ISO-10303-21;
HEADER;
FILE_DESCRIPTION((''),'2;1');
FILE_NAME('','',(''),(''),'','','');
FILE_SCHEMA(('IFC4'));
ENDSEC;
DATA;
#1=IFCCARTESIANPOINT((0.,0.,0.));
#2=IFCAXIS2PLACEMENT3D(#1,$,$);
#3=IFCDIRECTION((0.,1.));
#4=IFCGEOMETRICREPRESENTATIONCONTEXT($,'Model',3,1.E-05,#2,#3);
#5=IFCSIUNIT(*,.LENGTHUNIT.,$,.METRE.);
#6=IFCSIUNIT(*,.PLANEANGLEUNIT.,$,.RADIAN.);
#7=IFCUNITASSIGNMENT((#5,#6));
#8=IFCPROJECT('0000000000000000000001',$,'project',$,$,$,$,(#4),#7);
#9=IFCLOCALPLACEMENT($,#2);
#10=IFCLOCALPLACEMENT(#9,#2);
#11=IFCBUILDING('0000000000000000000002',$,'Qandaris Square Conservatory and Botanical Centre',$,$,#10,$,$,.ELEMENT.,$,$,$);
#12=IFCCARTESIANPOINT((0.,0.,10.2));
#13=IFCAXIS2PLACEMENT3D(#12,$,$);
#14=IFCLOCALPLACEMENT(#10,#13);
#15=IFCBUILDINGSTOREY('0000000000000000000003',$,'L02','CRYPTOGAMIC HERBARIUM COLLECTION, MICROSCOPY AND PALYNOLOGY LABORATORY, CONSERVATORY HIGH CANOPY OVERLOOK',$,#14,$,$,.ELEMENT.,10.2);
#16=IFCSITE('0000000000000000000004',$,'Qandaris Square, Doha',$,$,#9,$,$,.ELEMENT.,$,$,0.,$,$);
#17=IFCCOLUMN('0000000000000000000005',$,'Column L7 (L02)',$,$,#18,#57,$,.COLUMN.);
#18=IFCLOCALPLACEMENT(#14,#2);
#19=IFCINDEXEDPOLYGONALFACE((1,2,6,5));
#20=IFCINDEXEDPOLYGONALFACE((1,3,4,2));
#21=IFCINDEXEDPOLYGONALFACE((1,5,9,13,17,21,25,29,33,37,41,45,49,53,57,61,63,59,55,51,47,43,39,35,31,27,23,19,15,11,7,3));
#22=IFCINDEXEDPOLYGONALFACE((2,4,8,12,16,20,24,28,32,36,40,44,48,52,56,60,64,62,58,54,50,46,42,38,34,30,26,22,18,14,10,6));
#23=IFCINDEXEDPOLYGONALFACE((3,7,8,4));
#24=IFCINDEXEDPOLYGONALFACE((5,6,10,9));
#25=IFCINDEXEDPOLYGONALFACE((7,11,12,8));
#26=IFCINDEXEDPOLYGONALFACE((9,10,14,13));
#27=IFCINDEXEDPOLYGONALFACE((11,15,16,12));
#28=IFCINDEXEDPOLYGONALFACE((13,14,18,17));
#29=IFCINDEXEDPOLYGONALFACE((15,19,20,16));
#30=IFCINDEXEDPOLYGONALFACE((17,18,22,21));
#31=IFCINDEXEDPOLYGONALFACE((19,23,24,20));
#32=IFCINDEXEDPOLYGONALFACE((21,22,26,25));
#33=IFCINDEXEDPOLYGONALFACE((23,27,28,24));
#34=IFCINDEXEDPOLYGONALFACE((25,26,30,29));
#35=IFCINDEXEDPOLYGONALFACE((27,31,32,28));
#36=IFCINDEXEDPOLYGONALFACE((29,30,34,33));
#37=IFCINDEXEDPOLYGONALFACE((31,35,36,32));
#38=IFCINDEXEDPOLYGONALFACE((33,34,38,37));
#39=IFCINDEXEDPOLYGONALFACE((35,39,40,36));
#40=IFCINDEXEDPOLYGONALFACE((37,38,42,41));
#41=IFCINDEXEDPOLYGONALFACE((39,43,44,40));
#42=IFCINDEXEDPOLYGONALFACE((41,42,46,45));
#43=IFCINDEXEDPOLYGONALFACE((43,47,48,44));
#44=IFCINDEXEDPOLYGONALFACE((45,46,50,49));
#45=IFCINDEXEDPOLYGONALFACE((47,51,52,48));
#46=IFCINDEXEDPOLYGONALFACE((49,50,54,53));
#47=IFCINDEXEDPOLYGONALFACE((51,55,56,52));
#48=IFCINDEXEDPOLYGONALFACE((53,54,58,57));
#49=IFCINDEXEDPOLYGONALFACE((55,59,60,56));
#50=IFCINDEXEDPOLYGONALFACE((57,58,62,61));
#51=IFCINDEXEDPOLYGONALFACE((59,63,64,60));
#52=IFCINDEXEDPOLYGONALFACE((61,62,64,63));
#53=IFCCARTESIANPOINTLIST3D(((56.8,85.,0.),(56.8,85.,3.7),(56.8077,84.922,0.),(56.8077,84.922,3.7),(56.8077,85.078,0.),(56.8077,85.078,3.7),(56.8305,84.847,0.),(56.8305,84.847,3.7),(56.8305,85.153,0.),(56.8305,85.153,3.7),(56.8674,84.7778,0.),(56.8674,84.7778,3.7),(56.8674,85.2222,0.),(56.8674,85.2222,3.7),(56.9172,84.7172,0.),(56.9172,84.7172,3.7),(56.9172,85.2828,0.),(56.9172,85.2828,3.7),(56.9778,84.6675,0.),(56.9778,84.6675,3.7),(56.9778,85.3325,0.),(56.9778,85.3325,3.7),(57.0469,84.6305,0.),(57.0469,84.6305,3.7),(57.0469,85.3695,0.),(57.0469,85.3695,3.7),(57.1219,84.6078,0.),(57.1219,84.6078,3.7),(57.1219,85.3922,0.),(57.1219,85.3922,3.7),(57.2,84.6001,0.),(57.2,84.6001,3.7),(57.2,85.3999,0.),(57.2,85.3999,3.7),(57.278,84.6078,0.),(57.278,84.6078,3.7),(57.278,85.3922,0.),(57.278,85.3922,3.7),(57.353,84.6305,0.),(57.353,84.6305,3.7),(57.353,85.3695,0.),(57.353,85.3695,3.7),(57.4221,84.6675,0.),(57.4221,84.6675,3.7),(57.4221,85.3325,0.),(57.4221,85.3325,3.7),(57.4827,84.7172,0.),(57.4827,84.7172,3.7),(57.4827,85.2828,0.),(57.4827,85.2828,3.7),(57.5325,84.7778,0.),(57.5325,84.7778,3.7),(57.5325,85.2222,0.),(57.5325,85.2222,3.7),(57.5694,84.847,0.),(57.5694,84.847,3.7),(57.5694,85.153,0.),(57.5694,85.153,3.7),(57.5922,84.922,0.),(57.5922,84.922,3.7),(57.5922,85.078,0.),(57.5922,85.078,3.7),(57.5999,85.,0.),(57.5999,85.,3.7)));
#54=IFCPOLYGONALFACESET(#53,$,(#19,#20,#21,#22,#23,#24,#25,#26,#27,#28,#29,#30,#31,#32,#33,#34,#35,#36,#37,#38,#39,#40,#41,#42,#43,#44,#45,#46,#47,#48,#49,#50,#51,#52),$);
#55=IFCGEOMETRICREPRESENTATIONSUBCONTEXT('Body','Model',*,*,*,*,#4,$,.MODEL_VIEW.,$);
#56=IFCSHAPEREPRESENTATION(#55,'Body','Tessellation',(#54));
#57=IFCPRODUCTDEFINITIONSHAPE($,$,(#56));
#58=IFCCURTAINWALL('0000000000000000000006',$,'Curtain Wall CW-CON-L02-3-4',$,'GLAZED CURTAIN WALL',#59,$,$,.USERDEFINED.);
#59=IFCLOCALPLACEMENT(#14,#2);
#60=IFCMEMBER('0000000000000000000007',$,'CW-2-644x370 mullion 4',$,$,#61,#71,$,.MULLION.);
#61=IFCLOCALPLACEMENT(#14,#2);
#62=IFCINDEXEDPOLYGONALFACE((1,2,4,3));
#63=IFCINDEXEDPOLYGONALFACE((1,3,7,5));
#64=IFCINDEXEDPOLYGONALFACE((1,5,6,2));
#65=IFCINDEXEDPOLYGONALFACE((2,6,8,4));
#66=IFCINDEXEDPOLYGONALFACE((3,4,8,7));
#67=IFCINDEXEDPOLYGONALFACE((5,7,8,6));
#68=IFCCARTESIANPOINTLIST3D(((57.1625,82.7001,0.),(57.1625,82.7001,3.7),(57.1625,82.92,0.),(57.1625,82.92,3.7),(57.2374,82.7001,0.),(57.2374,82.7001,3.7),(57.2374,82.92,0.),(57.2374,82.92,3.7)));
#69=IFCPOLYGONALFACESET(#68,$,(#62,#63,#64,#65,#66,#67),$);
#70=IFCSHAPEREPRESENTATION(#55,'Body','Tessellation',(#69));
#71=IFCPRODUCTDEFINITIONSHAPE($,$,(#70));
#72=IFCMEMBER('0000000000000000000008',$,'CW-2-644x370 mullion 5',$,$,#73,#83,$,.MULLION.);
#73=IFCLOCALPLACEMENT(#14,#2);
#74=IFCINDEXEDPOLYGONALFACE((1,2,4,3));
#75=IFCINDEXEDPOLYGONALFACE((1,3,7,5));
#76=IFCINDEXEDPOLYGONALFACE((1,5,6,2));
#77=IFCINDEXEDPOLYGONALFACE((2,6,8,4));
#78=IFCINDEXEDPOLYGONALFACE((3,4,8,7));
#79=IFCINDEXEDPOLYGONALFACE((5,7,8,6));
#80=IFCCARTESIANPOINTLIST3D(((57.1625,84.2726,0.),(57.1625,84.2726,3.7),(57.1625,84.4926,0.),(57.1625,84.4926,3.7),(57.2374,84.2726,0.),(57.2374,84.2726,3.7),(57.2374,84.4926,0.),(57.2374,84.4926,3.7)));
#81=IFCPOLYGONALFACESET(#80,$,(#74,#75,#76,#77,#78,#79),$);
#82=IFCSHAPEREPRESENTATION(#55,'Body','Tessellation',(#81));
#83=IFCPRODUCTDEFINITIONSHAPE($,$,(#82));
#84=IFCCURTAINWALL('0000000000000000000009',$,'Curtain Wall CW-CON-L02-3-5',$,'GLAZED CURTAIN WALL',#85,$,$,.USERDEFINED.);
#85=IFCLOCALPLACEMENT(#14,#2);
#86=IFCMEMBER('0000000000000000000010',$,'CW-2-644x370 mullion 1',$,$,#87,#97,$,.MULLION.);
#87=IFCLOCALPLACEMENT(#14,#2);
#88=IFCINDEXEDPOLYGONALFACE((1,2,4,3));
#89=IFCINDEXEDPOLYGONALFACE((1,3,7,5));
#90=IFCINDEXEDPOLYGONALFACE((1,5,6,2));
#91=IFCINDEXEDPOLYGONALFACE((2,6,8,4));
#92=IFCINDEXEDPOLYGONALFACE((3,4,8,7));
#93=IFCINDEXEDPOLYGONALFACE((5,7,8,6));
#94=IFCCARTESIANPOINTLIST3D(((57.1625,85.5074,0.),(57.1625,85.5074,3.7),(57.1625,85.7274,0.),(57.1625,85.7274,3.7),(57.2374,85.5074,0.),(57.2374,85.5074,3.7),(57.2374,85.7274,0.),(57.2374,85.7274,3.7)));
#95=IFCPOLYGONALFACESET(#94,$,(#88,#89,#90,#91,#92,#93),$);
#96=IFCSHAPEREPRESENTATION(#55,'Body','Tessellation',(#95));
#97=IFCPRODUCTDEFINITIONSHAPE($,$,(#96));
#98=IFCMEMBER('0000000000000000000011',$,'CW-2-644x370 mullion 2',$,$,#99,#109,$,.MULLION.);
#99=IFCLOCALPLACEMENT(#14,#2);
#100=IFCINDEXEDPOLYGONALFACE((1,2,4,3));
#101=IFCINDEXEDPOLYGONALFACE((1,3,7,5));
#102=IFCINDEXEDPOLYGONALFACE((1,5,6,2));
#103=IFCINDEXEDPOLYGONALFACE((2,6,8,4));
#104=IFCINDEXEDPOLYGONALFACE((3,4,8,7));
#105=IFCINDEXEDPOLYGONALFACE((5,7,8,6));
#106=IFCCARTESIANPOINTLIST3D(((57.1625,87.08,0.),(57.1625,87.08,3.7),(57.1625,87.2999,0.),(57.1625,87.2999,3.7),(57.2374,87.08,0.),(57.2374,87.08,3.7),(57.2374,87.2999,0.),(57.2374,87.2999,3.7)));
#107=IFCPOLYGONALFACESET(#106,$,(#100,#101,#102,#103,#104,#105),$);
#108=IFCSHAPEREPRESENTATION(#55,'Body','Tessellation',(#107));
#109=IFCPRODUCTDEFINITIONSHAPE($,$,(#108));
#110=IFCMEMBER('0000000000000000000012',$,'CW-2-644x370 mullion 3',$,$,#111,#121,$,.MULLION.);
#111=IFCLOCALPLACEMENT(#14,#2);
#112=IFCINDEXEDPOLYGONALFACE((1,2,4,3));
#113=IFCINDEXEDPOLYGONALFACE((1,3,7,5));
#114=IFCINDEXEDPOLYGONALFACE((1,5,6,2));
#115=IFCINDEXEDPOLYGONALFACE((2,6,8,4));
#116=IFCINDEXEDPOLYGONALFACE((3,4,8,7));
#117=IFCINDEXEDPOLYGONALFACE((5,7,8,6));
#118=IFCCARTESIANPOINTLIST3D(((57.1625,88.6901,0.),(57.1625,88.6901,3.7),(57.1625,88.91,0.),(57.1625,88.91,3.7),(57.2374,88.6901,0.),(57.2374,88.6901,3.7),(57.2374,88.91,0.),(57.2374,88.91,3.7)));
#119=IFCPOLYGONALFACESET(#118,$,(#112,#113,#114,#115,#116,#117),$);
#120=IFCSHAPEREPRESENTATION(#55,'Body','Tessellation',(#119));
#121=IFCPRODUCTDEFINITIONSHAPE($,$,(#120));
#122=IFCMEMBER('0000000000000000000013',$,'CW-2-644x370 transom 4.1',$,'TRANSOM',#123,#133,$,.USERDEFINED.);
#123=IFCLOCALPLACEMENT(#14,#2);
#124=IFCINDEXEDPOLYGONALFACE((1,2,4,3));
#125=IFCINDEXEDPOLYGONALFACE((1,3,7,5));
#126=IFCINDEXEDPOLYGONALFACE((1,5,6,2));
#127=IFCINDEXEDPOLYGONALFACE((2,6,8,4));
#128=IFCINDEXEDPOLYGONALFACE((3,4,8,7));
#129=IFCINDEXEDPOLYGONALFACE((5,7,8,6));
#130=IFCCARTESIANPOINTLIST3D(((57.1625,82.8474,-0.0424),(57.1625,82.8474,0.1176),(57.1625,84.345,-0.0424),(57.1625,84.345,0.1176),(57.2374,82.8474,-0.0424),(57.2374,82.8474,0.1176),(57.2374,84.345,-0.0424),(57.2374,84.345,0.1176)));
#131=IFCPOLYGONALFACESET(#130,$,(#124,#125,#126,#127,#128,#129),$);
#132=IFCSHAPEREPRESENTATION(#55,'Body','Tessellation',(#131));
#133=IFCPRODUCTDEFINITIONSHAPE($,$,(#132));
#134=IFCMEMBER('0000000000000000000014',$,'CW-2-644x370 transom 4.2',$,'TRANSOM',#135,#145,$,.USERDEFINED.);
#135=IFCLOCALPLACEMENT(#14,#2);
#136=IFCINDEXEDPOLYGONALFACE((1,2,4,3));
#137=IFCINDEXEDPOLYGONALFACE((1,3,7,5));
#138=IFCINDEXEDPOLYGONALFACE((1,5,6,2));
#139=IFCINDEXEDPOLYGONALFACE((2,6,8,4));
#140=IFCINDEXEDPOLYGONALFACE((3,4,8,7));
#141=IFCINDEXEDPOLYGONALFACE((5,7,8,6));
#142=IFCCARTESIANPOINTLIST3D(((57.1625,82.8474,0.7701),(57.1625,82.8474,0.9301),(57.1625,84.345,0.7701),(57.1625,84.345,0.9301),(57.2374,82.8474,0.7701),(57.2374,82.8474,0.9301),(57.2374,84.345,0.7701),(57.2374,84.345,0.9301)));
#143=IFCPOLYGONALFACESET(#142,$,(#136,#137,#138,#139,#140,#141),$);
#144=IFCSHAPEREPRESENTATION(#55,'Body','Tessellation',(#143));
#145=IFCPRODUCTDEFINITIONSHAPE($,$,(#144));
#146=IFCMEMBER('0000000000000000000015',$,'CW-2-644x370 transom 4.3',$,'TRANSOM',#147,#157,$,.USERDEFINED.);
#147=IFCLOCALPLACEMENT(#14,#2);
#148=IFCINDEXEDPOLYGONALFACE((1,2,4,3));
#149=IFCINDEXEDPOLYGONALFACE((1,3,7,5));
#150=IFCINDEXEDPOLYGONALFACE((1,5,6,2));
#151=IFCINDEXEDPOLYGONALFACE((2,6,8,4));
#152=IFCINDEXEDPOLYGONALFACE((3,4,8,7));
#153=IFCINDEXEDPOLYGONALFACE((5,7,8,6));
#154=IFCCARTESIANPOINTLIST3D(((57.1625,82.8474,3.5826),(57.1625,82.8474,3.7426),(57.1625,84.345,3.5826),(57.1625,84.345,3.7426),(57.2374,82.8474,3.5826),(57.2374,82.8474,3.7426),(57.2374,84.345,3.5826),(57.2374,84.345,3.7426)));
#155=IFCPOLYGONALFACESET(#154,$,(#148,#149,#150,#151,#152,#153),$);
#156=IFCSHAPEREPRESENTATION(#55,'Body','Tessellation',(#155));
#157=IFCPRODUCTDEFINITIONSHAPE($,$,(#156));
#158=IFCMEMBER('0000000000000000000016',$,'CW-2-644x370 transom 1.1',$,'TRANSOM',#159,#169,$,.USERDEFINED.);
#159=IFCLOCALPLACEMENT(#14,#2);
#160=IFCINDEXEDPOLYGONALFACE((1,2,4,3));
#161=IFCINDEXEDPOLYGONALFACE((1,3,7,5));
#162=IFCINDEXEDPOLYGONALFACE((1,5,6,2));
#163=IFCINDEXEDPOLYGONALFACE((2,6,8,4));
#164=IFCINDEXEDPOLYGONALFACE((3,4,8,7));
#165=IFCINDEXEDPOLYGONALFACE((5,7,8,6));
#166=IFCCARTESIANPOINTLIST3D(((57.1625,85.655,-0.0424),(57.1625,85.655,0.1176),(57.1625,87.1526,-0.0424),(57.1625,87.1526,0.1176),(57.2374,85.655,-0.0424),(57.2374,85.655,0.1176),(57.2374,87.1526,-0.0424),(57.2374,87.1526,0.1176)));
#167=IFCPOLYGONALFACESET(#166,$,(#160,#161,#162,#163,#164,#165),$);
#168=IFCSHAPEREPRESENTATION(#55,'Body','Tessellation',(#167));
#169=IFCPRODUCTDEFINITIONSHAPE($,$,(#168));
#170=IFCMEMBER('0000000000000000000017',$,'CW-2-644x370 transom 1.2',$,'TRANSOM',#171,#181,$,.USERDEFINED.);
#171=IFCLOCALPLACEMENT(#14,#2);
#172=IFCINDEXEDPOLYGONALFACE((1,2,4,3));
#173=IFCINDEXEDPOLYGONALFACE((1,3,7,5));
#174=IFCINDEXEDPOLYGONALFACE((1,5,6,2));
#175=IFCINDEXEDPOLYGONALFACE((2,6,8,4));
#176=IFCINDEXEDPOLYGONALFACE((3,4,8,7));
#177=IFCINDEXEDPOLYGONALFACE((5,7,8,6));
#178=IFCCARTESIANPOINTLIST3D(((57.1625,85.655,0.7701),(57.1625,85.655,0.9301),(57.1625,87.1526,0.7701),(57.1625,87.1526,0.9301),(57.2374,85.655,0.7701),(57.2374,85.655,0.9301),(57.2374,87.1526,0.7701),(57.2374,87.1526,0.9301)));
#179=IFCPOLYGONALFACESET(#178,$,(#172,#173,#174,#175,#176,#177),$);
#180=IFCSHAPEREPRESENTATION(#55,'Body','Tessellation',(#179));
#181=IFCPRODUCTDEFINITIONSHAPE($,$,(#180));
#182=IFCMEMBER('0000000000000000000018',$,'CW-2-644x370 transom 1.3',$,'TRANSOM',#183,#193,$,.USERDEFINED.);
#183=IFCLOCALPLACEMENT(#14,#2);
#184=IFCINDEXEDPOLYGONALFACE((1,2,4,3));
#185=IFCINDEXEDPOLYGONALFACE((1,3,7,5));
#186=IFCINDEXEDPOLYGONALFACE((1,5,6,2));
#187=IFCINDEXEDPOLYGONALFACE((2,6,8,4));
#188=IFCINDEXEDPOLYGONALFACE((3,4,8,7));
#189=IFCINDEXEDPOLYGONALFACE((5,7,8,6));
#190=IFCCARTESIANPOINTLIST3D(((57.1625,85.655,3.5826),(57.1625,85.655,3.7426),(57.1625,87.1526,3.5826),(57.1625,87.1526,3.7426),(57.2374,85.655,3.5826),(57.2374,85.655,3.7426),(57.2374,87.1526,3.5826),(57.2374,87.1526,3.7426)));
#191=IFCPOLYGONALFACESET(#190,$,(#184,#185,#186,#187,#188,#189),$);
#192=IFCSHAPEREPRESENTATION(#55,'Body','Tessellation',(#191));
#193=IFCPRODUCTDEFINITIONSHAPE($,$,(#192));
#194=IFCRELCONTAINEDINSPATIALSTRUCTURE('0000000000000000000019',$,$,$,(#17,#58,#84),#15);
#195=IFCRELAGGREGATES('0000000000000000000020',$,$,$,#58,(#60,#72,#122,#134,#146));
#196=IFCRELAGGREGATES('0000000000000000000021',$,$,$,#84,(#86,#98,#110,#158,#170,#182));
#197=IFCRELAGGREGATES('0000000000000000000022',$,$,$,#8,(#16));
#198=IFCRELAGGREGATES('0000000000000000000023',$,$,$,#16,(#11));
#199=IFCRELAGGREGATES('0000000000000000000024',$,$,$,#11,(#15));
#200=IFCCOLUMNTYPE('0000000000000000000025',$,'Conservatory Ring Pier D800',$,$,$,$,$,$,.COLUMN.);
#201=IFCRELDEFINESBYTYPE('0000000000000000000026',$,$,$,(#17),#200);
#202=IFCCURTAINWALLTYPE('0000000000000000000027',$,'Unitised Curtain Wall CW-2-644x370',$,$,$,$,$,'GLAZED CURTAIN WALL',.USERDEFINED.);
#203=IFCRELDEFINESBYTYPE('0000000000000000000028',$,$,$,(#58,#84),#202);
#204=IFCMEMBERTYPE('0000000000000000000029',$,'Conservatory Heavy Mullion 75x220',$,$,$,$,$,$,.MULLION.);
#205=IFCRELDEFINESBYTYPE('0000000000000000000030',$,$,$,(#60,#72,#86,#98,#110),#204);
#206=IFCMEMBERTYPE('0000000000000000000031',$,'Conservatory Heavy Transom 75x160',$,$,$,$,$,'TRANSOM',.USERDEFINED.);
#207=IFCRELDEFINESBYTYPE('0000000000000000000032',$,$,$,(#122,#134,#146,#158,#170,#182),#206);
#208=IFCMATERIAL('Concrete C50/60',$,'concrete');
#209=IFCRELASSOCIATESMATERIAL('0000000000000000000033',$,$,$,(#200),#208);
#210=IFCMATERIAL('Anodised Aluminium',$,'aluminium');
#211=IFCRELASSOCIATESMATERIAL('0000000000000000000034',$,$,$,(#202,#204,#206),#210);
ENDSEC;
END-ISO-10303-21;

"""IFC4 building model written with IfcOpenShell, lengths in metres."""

from ifc_helpers import new_model, si_unit, direction, frame, origin, origin_2d, place, context, subcontext, project, spatial, rectangle, circle, extrude, material, material_profile, profile_set, type_object, element, aggregate, save


model = new_model("IFC4")

# Units and contexts
model_context = context("Model", 3, precision=1e-05, world=origin(), true_north=direction((0.0, 1.0)))
body_context = subcontext(model_context, "Body", "Model", "MODEL_VIEW")
ifc_project = project(units=[si_unit("LENGTHUNIT", "METRE"), si_unit("PLANEANGLEUNIT", "RADIAN")], contexts=[model_context])

# Site, building, storey
site_placement = place(None, origin())
site = spatial("IfcSite", under=ifc_project, at=site_placement, Name="Qandaris Square, Doha", CompositionType="ELEMENT", RefElevation=0.0)
building_placement = place(site_placement, origin())
building = spatial("IfcBuilding", under=site, at=building_placement, Name="Qandaris Square Conservatory and Botanical Centre", CompositionType="ELEMENT")
storey_placement = place(building_placement, frame((0.0, 0.0, 10.2)))
storey = spatial("IfcBuildingStorey", under=building, at=storey_placement, Name="L02", Description="CRYPTOGAMIC HERBARIUM COLLECTION, MICROSCOPY AND PALYNOLOGY LABORATORY, CONSERVATORY HIGH CANOPY OVERLOOK", CompositionType="ELEMENT", Elevation=10.2)

# Column
ifc_material_1 = material(Name="Concrete C50/60", Category="concrete")
ifc_material_profile_1 = material_profile(ifc_material_1, circle(Radius=0.3999, at=origin_2d()), Name="RC-COL D800")
ifc_profile_set_1 = profile_set([ifc_material_profile_1], Name="Concrete C50/60")
column_type = type_object("IfcColumnType", Name="Conservatory Ring Pier D800", PredefinedType="COLUMN", material=ifc_profile_set_1)
column_placement = place(storey_placement, frame((57.2, 85.0, 0.0), z_axis=(0.0, 0.0, 1.0), x_axis=(1.0, 0.0, 0.0)))
element("IfcColumn", 1, at=column_placement, inside=storey, type_object=column_type, Name="Column L7 (L02)", PredefinedType="COLUMN", context=body_context, shape_type="SweptSolid", body=[
    extrude(circle(Radius=0.3999, at=origin_2d()), origin(), (0.0, 0.0, 1.0), 3.7),
])

# Curtain walls, members
ifc_material_2 = material(Name="Anodised Aluminium", Category="aluminium")
curtain_wall_type = type_object("IfcCurtainWallType", Name="Unitised Curtain Wall CW-2-644x370", ElementType="GLAZED CURTAIN WALL", PredefinedType="USERDEFINED", material=ifc_material_2)
curtain_wall_1_placement = place(storey_placement, origin())
curtain_wall_1 = element("IfcCurtainWall", 2, at=curtain_wall_1_placement, inside=storey, type_object=curtain_wall_type, Name="Curtain Wall CW-CON-L02-3-4", ObjectType="GLAZED CURTAIN WALL", PredefinedType="USERDEFINED")
ifc_material_profile_2 = material_profile(ifc_material_2, rectangle(XDim=0.075, YDim=0.22, at=origin_2d()), Name="ALU-MUL 75x220")
ifc_profile_set_2 = profile_set([ifc_material_profile_2], Name="Anodised Aluminium")
member_type_1 = type_object("IfcMemberType", Name="Conservatory Heavy Mullion 75x220", PredefinedType="MULLION", material=ifc_profile_set_2)
member_1_placement = place(storey_placement, frame((57.2, 82.8101, 0.0), z_axis=(0.0, 0.0, 1.0), x_axis=(-1.0, 0.0, 0.0)))
member_1 = element("IfcMember", 3, at=member_1_placement, type_object=member_type_1, Name="CW-2-644x370 mullion 4", PredefinedType="MULLION", context=body_context, shape_type="SweptSolid", body=[
    extrude(rectangle(XDim=0.075, YDim=0.22, at=origin_2d()), origin(), (0.0, 0.0, 1.0), 3.7),
])
member_2_placement = place(storey_placement, frame((57.2, 84.3826, 0.0), z_axis=(0.0, 0.0, 1.0), x_axis=(-1.0, 0.0, 0.0)))
member_2 = element("IfcMember", 4, at=member_2_placement, type_object=member_type_1, Name="CW-2-644x370 mullion 5", PredefinedType="MULLION", context=body_context, shape_type="SweptSolid", body=[
    extrude(rectangle(XDim=0.075, YDim=0.22, at=origin_2d()), origin(), (0.0, 0.0, 1.0), 3.7),
])
curtain_wall_2_placement = place(storey_placement, origin())
curtain_wall_2 = element("IfcCurtainWall", 5, at=curtain_wall_2_placement, inside=storey, type_object=curtain_wall_type, Name="Curtain Wall CW-CON-L02-3-5", ObjectType="GLAZED CURTAIN WALL", PredefinedType="USERDEFINED")
member_3_placement = place(storey_placement, frame((57.2, 85.6174, 0.0), z_axis=(0.0, 0.0, 1.0), x_axis=(-1.0, 0.0, 0.0)))
member_3 = element("IfcMember", 6, at=member_3_placement, type_object=member_type_1, Name="CW-2-644x370 mullion 1", PredefinedType="MULLION", context=body_context, shape_type="SweptSolid", body=[
    extrude(rectangle(XDim=0.075, YDim=0.22, at=origin_2d()), origin(), (0.0, 0.0, 1.0), 3.7),
])
member_4_placement = place(storey_placement, frame((57.2, 87.1899, 0.0), z_axis=(0.0, 0.0, 1.0), x_axis=(-1.0, 0.0, 0.0)))
member_4 = element("IfcMember", 7, at=member_4_placement, type_object=member_type_1, Name="CW-2-644x370 mullion 2", PredefinedType="MULLION", context=body_context, shape_type="SweptSolid", body=[
    extrude(rectangle(XDim=0.075, YDim=0.22, at=origin_2d()), origin(), (0.0, 0.0, 1.0), 3.7),
])
member_5_placement = place(storey_placement, frame((57.2, 88.8, 0.0), z_axis=(0.0, 0.0, 1.0), x_axis=(-1.0, 0.0, 0.0)))
member_5 = element("IfcMember", 8, at=member_5_placement, type_object=member_type_1, Name="CW-2-644x370 mullion 3", PredefinedType="MULLION", context=body_context, shape_type="SweptSolid", body=[
    extrude(rectangle(XDim=0.075, YDim=0.22, at=origin_2d()), origin(), (0.0, 0.0, 1.0), 3.7),
])

# Members
ifc_material_profile_3 = material_profile(ifc_material_2, rectangle(XDim=0.075, YDim=0.1599, at=origin_2d()), Name="ALU-TRN 75x160")
ifc_profile_set_3 = profile_set([ifc_material_profile_3], Name="Anodised Aluminium")
member_type_2 = type_object("IfcMemberType", Name="Conservatory Heavy Transom 75x160", ElementType="TRANSOM", PredefinedType="USERDEFINED", material=ifc_profile_set_3)
member_6_placement = place(storey_placement, frame((57.2, 82.8474, 0.0376), z_axis=(0.0, 1.0, 0.0), x_axis=(-1.0, 0.0, 0.0)))
member_6 = element("IfcMember", 9, at=member_6_placement, type_object=member_type_2, Name="CW-2-644x370 transom 4.1", ObjectType="TRANSOM", PredefinedType="USERDEFINED", context=body_context, shape_type="SweptSolid", body=[
    extrude(rectangle(XDim=0.075, YDim=0.1599, at=origin_2d()), origin(), (0.0, 0.0, 1.0), 1.4976),
])
member_7_placement = place(storey_placement, frame((57.2, 82.8474, 0.8501), z_axis=(0.0, 1.0, 0.0), x_axis=(-1.0, 0.0, 0.0)))
member_7 = element("IfcMember", 10, at=member_7_placement, type_object=member_type_2, Name="CW-2-644x370 transom 4.2", ObjectType="TRANSOM", PredefinedType="USERDEFINED", context=body_context, shape_type="SweptSolid", body=[
    extrude(rectangle(XDim=0.075, YDim=0.1599, at=origin_2d()), origin(), (0.0, 0.0, 1.0), 1.4976),
])
member_8_placement = place(storey_placement, frame((57.2, 82.8474, 3.6626), z_axis=(0.0, 1.0, 0.0), x_axis=(-1.0, 0.0, 0.0)))
member_8 = element("IfcMember", 11, at=member_8_placement, type_object=member_type_2, Name="CW-2-644x370 transom 4.3", ObjectType="TRANSOM", PredefinedType="USERDEFINED", context=body_context, shape_type="SweptSolid", body=[
    extrude(rectangle(XDim=0.075, YDim=0.1599, at=origin_2d()), origin(), (0.0, 0.0, 1.0), 1.4976),
])
member_9_placement = place(storey_placement, frame((57.2, 85.655, 0.0376), z_axis=(0.0, 1.0, 0.0), x_axis=(-1.0, 0.0, 0.0)))
member_9 = element("IfcMember", 12, at=member_9_placement, type_object=member_type_2, Name="CW-2-644x370 transom 1.1", ObjectType="TRANSOM", PredefinedType="USERDEFINED", context=body_context, shape_type="SweptSolid", body=[
    extrude(rectangle(XDim=0.075, YDim=0.1599, at=origin_2d()), origin(), (0.0, 0.0, 1.0), 1.4976),
])
member_10_placement = place(storey_placement, frame((57.2, 85.655, 0.8501), z_axis=(0.0, 1.0, 0.0), x_axis=(-1.0, 0.0, 0.0)))
member_10 = element("IfcMember", 13, at=member_10_placement, type_object=member_type_2, Name="CW-2-644x370 transom 1.2", ObjectType="TRANSOM", PredefinedType="USERDEFINED", context=body_context, shape_type="SweptSolid", body=[
    extrude(rectangle(XDim=0.075, YDim=0.1599, at=origin_2d()), origin(), (0.0, 0.0, 1.0), 1.4976),
])
member_11_placement = place(storey_placement, frame((57.2, 85.655, 3.6626), z_axis=(0.0, 1.0, 0.0), x_axis=(-1.0, 0.0, 0.0)))
member_11 = element("IfcMember", 14, at=member_11_placement, type_object=member_type_2, Name="CW-2-644x370 transom 1.3", ObjectType="TRANSOM", PredefinedType="USERDEFINED", context=body_context, shape_type="SweptSolid", body=[
    extrude(rectangle(XDim=0.075, YDim=0.1599, at=origin_2d()), origin(), (0.0, 0.0, 1.0), 1.4976),
])

aggregate(curtain_wall_1, [member_1, member_2, member_6, member_7, member_8])
aggregate(curtain_wall_2, [member_3, member_4, member_5, member_9, member_10, member_11])

save(model, "model.ifc")
